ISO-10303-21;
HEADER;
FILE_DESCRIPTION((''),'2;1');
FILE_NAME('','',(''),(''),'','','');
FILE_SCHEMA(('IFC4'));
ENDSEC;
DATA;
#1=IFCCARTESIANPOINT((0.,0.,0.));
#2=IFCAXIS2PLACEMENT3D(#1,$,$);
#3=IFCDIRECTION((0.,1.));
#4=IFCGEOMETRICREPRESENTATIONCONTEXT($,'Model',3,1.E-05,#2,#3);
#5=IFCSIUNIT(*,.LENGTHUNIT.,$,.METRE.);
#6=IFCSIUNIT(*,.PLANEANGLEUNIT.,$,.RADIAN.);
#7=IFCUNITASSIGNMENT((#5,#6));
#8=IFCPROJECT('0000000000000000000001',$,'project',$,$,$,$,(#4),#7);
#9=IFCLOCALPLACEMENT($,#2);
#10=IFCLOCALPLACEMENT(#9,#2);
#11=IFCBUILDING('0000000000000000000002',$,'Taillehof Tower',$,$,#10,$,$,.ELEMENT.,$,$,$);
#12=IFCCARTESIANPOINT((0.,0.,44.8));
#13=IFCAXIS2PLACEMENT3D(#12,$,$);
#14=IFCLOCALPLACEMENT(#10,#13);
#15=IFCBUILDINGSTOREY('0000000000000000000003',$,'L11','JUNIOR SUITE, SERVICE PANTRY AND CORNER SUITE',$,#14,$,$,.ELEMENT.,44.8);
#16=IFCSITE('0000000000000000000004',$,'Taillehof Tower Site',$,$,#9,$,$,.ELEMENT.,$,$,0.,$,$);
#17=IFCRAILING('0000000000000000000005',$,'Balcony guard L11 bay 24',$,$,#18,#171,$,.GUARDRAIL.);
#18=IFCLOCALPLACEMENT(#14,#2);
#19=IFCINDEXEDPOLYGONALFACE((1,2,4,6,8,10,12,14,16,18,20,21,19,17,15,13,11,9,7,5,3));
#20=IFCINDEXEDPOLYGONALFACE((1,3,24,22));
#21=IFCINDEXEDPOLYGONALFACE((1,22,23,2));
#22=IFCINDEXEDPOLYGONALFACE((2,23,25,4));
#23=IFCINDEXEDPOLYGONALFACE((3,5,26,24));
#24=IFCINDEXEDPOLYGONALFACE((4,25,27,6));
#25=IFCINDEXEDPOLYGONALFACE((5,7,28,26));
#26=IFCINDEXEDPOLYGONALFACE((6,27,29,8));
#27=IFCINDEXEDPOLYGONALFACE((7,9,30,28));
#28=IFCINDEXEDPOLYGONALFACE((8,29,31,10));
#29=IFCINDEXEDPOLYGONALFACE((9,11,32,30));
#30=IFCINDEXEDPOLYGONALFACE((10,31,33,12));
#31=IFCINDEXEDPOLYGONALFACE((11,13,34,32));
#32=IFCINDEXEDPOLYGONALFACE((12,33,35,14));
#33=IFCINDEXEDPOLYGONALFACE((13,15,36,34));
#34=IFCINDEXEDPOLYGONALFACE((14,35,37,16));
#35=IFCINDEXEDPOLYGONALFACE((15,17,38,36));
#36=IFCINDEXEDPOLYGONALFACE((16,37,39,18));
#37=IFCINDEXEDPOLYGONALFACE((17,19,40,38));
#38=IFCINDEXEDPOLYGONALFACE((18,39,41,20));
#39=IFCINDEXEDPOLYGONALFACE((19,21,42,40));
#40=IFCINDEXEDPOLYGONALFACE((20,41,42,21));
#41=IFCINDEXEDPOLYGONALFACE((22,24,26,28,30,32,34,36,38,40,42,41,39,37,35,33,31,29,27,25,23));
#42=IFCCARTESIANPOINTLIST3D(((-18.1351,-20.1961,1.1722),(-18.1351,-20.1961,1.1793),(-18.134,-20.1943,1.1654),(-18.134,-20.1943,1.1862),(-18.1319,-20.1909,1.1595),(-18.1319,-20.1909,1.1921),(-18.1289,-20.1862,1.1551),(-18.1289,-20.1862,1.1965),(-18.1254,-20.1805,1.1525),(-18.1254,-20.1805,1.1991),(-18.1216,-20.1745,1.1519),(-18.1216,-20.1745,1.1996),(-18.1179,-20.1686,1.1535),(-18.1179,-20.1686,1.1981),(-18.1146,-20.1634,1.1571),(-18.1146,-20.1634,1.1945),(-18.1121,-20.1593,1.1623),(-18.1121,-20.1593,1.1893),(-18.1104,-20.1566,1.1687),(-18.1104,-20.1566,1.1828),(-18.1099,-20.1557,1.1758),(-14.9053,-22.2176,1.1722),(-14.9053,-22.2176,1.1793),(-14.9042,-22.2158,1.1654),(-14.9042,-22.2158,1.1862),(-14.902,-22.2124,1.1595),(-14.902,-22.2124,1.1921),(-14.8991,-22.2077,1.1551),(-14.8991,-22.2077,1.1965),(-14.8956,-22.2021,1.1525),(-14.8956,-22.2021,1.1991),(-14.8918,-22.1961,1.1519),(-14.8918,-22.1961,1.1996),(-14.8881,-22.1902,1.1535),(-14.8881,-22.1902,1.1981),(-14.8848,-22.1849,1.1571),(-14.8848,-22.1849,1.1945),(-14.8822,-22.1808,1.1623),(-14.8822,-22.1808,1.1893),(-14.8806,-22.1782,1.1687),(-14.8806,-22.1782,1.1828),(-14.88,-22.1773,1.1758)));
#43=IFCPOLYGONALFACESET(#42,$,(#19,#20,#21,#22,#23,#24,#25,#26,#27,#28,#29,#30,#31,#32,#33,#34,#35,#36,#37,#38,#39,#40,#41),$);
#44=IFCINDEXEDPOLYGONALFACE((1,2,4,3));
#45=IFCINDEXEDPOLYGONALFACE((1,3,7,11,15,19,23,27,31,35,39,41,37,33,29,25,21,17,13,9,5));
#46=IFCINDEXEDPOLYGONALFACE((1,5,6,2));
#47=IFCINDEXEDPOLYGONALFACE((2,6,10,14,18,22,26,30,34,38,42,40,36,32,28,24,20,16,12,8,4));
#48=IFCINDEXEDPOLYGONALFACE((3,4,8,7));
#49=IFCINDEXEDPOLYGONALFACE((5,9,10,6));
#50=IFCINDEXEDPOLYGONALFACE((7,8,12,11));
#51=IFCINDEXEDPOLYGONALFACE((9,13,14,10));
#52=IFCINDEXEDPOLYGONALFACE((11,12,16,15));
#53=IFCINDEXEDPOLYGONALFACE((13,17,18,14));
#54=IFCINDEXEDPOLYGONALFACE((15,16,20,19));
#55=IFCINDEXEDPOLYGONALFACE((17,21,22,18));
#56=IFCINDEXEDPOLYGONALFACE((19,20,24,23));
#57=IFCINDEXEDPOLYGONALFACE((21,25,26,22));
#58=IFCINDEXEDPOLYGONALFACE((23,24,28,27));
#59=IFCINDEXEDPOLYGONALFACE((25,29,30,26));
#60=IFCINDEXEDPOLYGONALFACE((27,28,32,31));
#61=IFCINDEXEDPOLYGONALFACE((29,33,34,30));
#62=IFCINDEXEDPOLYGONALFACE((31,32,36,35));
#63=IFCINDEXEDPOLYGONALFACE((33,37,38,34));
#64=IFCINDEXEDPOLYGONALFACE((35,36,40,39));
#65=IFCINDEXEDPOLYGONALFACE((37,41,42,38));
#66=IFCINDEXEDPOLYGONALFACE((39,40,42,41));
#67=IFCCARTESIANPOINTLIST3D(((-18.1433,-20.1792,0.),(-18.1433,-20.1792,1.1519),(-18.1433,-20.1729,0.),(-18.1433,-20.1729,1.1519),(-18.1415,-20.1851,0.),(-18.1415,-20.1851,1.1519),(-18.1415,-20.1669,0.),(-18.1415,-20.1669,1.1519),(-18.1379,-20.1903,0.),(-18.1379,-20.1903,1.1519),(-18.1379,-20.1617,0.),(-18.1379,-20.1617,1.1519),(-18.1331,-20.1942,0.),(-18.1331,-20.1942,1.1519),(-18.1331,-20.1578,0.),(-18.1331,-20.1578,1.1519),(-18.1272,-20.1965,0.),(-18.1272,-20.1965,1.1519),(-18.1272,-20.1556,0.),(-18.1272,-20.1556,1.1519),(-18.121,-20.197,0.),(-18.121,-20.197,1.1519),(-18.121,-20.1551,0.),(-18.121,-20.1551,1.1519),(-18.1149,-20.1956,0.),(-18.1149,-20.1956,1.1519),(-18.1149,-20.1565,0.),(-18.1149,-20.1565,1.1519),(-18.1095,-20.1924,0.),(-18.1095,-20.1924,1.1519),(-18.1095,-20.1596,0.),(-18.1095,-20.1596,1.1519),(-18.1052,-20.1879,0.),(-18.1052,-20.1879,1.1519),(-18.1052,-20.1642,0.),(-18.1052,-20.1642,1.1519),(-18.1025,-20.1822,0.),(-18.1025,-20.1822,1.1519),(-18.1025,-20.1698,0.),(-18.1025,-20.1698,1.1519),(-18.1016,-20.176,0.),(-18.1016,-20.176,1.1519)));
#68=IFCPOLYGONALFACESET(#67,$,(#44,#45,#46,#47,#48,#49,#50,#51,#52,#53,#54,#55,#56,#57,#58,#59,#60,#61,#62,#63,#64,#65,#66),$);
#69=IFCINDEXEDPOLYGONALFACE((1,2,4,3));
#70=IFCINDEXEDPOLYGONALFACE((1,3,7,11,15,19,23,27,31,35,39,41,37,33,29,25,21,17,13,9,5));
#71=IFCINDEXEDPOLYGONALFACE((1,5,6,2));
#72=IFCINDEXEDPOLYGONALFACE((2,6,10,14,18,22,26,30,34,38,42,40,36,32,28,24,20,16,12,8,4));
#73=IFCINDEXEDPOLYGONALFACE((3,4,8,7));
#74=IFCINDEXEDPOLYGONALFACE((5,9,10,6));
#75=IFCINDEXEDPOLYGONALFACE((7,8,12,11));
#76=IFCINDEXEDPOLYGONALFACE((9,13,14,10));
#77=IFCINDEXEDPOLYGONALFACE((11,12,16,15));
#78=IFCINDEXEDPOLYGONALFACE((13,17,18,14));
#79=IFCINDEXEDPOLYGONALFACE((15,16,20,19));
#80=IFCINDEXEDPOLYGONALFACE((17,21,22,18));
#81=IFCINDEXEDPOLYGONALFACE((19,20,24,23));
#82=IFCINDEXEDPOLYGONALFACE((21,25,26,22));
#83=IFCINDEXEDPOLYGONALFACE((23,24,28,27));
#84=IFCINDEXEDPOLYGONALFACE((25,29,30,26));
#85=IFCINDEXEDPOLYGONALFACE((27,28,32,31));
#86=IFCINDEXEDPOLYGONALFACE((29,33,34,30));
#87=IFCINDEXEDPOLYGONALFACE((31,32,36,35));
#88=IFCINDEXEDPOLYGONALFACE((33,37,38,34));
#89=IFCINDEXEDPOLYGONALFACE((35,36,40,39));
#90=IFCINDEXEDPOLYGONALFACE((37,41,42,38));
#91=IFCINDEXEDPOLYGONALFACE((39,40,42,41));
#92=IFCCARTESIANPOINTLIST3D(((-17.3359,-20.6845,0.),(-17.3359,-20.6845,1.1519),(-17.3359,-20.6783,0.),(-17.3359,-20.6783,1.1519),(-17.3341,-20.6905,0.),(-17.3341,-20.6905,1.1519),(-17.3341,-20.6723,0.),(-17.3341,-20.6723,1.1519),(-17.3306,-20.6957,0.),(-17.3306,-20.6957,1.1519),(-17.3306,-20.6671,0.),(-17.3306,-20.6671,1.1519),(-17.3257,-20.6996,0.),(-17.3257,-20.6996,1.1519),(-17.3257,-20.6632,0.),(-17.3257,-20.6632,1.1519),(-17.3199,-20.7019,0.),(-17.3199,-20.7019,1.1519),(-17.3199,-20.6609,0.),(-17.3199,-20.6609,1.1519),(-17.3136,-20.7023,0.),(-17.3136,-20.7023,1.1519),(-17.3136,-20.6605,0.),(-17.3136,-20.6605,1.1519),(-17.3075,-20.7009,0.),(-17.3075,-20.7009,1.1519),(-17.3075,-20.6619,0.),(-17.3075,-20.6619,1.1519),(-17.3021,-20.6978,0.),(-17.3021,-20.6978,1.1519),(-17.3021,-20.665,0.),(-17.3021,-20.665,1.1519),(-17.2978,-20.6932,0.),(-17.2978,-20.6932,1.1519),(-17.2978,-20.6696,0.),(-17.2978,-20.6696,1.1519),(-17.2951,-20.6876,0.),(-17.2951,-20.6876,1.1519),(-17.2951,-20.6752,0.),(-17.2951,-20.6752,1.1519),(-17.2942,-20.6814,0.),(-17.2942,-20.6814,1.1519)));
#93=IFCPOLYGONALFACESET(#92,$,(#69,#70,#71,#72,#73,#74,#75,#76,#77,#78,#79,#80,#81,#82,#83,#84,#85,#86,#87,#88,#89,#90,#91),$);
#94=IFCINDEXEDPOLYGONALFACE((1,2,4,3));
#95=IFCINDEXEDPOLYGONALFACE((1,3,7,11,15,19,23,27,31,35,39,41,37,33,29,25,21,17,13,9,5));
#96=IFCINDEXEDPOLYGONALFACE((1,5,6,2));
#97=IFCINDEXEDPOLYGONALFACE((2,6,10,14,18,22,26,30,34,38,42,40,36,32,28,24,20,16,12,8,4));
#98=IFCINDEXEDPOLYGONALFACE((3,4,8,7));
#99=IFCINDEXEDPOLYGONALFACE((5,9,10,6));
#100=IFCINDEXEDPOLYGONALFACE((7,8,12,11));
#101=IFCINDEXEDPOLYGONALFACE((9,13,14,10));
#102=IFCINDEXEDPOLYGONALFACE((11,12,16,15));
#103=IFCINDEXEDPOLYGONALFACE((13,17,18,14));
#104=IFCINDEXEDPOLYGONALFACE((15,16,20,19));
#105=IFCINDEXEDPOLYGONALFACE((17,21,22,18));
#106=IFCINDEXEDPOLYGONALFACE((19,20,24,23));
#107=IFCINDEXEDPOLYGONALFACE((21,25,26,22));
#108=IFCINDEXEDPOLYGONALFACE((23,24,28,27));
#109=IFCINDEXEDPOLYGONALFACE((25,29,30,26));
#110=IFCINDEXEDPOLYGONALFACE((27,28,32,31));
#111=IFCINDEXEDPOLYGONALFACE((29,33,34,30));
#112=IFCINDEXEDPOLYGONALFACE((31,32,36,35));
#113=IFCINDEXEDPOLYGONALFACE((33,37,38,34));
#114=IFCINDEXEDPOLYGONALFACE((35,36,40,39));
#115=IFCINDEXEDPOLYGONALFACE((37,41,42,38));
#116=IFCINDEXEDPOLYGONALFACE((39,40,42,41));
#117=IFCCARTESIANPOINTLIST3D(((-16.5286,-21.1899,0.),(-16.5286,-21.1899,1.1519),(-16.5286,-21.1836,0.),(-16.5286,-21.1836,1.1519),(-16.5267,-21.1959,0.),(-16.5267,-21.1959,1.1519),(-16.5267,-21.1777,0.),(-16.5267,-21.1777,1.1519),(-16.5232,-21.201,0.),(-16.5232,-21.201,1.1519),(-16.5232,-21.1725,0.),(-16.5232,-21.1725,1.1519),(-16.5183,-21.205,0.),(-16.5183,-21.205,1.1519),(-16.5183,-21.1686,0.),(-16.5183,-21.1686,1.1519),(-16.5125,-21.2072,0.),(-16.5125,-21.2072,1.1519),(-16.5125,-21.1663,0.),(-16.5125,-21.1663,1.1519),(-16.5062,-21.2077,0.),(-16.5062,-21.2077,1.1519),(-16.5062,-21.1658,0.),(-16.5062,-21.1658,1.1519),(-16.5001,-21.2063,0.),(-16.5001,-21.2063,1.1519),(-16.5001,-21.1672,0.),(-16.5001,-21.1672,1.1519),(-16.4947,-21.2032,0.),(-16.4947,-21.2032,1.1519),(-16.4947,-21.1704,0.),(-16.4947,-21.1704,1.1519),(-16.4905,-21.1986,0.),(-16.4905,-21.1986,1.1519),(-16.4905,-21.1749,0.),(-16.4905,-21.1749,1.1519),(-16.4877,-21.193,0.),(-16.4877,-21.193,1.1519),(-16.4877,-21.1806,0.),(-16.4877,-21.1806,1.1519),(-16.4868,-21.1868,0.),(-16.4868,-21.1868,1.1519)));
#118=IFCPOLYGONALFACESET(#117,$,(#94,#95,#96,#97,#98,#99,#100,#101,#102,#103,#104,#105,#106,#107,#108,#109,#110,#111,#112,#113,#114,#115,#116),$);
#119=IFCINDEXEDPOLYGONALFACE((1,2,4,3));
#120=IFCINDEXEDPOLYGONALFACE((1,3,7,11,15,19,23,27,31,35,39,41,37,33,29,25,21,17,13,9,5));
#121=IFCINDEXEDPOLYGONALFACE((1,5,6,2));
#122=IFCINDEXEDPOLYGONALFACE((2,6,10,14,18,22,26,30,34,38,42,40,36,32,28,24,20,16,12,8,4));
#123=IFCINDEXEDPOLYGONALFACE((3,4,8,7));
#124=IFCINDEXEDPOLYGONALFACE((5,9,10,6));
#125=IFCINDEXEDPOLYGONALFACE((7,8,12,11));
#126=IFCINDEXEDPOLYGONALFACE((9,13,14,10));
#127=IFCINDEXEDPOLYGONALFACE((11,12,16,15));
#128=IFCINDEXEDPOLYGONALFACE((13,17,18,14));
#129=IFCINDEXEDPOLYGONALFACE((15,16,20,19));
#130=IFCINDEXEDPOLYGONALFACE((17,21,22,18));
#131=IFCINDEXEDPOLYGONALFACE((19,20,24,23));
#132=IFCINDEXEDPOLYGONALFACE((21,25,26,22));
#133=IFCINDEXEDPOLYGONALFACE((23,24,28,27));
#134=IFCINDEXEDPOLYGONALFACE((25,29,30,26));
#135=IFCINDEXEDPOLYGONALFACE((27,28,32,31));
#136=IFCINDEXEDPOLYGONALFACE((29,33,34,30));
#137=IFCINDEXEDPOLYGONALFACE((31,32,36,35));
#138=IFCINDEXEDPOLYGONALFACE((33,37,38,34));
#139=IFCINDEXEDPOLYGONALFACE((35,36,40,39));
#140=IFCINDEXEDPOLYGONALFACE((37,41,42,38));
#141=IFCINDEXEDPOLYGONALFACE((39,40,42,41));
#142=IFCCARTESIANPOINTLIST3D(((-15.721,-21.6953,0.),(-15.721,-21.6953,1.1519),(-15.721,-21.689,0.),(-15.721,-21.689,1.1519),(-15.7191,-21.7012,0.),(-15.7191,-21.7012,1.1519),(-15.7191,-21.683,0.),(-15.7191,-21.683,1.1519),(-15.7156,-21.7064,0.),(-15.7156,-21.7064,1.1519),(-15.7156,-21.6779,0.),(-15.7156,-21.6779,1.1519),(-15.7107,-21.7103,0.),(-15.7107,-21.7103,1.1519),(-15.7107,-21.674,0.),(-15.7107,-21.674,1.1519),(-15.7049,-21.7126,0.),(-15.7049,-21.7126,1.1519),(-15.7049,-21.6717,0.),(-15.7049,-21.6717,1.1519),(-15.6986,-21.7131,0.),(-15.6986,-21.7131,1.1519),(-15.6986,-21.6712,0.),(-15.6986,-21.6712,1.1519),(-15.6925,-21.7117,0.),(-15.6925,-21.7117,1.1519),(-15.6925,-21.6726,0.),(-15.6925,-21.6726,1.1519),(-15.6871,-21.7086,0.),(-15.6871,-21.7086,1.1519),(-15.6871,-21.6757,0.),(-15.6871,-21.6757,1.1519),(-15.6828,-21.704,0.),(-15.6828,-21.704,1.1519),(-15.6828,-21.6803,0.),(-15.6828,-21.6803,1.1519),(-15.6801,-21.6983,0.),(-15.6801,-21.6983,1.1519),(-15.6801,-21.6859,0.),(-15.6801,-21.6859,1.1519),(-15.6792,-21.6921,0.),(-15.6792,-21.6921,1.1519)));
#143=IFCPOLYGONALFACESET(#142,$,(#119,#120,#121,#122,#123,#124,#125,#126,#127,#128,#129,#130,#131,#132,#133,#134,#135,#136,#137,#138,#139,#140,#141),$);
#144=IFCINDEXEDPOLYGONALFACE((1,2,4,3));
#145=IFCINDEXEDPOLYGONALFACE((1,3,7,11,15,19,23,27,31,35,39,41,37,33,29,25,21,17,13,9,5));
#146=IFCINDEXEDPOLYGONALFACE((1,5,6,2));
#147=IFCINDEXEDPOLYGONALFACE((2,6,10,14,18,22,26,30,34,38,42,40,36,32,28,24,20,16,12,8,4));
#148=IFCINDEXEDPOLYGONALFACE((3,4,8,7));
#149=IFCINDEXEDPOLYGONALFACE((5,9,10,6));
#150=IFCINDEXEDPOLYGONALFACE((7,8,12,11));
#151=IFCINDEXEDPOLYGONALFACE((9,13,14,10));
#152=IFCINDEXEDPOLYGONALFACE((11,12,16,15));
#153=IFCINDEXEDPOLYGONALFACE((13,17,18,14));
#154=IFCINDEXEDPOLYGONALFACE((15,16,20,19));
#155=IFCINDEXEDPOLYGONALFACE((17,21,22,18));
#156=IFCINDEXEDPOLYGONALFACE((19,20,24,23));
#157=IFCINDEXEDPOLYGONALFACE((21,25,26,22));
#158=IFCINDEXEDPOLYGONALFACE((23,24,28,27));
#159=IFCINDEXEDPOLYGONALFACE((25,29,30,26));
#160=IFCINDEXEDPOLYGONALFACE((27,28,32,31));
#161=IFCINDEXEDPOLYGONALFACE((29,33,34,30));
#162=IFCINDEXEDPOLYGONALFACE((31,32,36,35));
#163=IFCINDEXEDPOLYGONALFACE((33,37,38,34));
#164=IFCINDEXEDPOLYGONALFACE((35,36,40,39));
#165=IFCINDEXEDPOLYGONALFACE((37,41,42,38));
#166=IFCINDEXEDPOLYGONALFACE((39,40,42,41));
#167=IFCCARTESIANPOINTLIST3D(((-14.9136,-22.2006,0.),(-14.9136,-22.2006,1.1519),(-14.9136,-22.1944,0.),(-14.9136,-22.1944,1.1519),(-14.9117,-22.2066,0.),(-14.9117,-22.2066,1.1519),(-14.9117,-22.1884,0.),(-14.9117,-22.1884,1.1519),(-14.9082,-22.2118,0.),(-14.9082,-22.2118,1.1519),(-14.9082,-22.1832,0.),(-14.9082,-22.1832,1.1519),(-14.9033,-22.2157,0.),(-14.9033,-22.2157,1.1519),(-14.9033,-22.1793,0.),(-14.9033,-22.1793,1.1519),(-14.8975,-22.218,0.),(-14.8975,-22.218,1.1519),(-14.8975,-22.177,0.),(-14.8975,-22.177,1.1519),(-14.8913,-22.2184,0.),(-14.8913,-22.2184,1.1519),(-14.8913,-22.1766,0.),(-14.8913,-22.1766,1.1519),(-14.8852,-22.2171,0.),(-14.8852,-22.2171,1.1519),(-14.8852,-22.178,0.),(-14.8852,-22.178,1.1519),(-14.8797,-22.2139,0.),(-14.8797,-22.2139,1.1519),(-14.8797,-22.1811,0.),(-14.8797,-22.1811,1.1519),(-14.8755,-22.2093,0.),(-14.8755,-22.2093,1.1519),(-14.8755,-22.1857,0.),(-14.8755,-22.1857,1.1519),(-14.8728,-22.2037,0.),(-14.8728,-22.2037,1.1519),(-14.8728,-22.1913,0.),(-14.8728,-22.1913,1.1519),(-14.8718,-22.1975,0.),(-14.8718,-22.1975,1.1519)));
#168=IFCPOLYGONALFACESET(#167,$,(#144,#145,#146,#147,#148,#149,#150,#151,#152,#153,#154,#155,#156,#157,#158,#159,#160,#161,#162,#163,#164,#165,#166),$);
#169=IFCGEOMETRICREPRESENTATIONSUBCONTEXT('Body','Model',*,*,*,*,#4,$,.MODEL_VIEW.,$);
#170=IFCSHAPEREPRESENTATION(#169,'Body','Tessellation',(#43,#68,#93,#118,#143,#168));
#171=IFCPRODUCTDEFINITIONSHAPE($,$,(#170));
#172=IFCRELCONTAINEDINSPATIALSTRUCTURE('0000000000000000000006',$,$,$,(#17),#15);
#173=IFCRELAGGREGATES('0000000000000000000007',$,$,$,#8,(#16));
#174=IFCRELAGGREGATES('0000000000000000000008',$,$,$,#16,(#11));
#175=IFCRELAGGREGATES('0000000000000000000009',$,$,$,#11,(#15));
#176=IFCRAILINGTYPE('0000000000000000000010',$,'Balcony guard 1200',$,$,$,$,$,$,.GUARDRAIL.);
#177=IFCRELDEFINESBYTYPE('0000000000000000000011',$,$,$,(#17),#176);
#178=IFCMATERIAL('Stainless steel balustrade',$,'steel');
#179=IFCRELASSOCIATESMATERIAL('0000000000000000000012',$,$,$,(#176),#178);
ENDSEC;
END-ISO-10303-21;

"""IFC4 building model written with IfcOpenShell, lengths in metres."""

from ifc_helpers import new_model, si_unit, direction, frame, origin, origin_2d, place, context, subcontext, project, spatial, circle, extrude, material, type_object, element, save


model = new_model("IFC4")

# Units and contexts
model_context = context("Model", 3, precision=1e-05, world=origin(), true_north=direction((0.0, 1.0)))
body_context = subcontext(model_context, "Body", "Model", "MODEL_VIEW")
ifc_project = project(units=[si_unit("LENGTHUNIT", "METRE"), si_unit("PLANEANGLEUNIT", "RADIAN")], contexts=[model_context])

# Site, building, storey
site_placement = place(None, origin())
site = spatial("IfcSite", under=ifc_project, at=site_placement, Name="Taillehof Tower Site", CompositionType="ELEMENT", RefElevation=0.0)
building_placement = place(site_placement, origin())
building = spatial("IfcBuilding", under=site, at=building_placement, Name="Taillehof Tower", CompositionType="ELEMENT")
storey_placement = place(building_placement, frame((0.0, 0.0, 44.8)))
storey = spatial("IfcBuildingStorey", under=building, at=storey_placement, Name="L11", Description="JUNIOR SUITE, SERVICE PANTRY AND CORNER SUITE", CompositionType="ELEMENT", Elevation=44.8)

# Railing
ifc_material_1 = material(Name="Stainless steel balustrade", Category="steel")
railing_type = type_object("IfcRailingType", Name="Balcony guard 1200", PredefinedType="GUARDRAIL", material=ifc_material_1)
railing_placement = place(storey_placement, frame((-18.1226, -20.176, 0.0)))
element("IfcRailing", 1, at=railing_placement, inside=storey, type_object=railing_type, Name="Balcony guard L11 bay 24", PredefinedType="GUARDRAIL", context=body_context, shape_type="SweptSolid", body=[
    extrude(circle(Radius=0.0239, at=origin_2d()), frame((0.0, 0.0, 1.1758), z_axis=(0.847656, -0.530546, 0.0), x_axis=(0.530546, 0.847656, 0.0)), (0.0, 0.0, 1.0), 3.8103),
    extrude(circle(Radius=0.021, at=origin_2d()), origin(), (0.0, 0.0, 1.0), 1.1519),
    extrude(circle(Radius=0.021, at=origin_2d()), frame((0.8074, -0.5054, 0.0)), (0.0, 0.0, 1.0), 1.1519),
    extrude(circle(Radius=0.021, at=origin_2d()), frame((1.6147, -1.0107, 0.0)), (0.0, 0.0, 1.0), 1.1519),
    extrude(circle(Radius=0.021, at=origin_2d()), frame((2.4224, -1.5161, 0.0)), (0.0, 0.0, 1.0), 1.1519),
    extrude(circle(Radius=0.021, at=origin_2d()), frame((3.2297, -2.0215, 0.0)), (0.0, 0.0, 1.0), 1.1519),
])

save(model, "model.ifc")
